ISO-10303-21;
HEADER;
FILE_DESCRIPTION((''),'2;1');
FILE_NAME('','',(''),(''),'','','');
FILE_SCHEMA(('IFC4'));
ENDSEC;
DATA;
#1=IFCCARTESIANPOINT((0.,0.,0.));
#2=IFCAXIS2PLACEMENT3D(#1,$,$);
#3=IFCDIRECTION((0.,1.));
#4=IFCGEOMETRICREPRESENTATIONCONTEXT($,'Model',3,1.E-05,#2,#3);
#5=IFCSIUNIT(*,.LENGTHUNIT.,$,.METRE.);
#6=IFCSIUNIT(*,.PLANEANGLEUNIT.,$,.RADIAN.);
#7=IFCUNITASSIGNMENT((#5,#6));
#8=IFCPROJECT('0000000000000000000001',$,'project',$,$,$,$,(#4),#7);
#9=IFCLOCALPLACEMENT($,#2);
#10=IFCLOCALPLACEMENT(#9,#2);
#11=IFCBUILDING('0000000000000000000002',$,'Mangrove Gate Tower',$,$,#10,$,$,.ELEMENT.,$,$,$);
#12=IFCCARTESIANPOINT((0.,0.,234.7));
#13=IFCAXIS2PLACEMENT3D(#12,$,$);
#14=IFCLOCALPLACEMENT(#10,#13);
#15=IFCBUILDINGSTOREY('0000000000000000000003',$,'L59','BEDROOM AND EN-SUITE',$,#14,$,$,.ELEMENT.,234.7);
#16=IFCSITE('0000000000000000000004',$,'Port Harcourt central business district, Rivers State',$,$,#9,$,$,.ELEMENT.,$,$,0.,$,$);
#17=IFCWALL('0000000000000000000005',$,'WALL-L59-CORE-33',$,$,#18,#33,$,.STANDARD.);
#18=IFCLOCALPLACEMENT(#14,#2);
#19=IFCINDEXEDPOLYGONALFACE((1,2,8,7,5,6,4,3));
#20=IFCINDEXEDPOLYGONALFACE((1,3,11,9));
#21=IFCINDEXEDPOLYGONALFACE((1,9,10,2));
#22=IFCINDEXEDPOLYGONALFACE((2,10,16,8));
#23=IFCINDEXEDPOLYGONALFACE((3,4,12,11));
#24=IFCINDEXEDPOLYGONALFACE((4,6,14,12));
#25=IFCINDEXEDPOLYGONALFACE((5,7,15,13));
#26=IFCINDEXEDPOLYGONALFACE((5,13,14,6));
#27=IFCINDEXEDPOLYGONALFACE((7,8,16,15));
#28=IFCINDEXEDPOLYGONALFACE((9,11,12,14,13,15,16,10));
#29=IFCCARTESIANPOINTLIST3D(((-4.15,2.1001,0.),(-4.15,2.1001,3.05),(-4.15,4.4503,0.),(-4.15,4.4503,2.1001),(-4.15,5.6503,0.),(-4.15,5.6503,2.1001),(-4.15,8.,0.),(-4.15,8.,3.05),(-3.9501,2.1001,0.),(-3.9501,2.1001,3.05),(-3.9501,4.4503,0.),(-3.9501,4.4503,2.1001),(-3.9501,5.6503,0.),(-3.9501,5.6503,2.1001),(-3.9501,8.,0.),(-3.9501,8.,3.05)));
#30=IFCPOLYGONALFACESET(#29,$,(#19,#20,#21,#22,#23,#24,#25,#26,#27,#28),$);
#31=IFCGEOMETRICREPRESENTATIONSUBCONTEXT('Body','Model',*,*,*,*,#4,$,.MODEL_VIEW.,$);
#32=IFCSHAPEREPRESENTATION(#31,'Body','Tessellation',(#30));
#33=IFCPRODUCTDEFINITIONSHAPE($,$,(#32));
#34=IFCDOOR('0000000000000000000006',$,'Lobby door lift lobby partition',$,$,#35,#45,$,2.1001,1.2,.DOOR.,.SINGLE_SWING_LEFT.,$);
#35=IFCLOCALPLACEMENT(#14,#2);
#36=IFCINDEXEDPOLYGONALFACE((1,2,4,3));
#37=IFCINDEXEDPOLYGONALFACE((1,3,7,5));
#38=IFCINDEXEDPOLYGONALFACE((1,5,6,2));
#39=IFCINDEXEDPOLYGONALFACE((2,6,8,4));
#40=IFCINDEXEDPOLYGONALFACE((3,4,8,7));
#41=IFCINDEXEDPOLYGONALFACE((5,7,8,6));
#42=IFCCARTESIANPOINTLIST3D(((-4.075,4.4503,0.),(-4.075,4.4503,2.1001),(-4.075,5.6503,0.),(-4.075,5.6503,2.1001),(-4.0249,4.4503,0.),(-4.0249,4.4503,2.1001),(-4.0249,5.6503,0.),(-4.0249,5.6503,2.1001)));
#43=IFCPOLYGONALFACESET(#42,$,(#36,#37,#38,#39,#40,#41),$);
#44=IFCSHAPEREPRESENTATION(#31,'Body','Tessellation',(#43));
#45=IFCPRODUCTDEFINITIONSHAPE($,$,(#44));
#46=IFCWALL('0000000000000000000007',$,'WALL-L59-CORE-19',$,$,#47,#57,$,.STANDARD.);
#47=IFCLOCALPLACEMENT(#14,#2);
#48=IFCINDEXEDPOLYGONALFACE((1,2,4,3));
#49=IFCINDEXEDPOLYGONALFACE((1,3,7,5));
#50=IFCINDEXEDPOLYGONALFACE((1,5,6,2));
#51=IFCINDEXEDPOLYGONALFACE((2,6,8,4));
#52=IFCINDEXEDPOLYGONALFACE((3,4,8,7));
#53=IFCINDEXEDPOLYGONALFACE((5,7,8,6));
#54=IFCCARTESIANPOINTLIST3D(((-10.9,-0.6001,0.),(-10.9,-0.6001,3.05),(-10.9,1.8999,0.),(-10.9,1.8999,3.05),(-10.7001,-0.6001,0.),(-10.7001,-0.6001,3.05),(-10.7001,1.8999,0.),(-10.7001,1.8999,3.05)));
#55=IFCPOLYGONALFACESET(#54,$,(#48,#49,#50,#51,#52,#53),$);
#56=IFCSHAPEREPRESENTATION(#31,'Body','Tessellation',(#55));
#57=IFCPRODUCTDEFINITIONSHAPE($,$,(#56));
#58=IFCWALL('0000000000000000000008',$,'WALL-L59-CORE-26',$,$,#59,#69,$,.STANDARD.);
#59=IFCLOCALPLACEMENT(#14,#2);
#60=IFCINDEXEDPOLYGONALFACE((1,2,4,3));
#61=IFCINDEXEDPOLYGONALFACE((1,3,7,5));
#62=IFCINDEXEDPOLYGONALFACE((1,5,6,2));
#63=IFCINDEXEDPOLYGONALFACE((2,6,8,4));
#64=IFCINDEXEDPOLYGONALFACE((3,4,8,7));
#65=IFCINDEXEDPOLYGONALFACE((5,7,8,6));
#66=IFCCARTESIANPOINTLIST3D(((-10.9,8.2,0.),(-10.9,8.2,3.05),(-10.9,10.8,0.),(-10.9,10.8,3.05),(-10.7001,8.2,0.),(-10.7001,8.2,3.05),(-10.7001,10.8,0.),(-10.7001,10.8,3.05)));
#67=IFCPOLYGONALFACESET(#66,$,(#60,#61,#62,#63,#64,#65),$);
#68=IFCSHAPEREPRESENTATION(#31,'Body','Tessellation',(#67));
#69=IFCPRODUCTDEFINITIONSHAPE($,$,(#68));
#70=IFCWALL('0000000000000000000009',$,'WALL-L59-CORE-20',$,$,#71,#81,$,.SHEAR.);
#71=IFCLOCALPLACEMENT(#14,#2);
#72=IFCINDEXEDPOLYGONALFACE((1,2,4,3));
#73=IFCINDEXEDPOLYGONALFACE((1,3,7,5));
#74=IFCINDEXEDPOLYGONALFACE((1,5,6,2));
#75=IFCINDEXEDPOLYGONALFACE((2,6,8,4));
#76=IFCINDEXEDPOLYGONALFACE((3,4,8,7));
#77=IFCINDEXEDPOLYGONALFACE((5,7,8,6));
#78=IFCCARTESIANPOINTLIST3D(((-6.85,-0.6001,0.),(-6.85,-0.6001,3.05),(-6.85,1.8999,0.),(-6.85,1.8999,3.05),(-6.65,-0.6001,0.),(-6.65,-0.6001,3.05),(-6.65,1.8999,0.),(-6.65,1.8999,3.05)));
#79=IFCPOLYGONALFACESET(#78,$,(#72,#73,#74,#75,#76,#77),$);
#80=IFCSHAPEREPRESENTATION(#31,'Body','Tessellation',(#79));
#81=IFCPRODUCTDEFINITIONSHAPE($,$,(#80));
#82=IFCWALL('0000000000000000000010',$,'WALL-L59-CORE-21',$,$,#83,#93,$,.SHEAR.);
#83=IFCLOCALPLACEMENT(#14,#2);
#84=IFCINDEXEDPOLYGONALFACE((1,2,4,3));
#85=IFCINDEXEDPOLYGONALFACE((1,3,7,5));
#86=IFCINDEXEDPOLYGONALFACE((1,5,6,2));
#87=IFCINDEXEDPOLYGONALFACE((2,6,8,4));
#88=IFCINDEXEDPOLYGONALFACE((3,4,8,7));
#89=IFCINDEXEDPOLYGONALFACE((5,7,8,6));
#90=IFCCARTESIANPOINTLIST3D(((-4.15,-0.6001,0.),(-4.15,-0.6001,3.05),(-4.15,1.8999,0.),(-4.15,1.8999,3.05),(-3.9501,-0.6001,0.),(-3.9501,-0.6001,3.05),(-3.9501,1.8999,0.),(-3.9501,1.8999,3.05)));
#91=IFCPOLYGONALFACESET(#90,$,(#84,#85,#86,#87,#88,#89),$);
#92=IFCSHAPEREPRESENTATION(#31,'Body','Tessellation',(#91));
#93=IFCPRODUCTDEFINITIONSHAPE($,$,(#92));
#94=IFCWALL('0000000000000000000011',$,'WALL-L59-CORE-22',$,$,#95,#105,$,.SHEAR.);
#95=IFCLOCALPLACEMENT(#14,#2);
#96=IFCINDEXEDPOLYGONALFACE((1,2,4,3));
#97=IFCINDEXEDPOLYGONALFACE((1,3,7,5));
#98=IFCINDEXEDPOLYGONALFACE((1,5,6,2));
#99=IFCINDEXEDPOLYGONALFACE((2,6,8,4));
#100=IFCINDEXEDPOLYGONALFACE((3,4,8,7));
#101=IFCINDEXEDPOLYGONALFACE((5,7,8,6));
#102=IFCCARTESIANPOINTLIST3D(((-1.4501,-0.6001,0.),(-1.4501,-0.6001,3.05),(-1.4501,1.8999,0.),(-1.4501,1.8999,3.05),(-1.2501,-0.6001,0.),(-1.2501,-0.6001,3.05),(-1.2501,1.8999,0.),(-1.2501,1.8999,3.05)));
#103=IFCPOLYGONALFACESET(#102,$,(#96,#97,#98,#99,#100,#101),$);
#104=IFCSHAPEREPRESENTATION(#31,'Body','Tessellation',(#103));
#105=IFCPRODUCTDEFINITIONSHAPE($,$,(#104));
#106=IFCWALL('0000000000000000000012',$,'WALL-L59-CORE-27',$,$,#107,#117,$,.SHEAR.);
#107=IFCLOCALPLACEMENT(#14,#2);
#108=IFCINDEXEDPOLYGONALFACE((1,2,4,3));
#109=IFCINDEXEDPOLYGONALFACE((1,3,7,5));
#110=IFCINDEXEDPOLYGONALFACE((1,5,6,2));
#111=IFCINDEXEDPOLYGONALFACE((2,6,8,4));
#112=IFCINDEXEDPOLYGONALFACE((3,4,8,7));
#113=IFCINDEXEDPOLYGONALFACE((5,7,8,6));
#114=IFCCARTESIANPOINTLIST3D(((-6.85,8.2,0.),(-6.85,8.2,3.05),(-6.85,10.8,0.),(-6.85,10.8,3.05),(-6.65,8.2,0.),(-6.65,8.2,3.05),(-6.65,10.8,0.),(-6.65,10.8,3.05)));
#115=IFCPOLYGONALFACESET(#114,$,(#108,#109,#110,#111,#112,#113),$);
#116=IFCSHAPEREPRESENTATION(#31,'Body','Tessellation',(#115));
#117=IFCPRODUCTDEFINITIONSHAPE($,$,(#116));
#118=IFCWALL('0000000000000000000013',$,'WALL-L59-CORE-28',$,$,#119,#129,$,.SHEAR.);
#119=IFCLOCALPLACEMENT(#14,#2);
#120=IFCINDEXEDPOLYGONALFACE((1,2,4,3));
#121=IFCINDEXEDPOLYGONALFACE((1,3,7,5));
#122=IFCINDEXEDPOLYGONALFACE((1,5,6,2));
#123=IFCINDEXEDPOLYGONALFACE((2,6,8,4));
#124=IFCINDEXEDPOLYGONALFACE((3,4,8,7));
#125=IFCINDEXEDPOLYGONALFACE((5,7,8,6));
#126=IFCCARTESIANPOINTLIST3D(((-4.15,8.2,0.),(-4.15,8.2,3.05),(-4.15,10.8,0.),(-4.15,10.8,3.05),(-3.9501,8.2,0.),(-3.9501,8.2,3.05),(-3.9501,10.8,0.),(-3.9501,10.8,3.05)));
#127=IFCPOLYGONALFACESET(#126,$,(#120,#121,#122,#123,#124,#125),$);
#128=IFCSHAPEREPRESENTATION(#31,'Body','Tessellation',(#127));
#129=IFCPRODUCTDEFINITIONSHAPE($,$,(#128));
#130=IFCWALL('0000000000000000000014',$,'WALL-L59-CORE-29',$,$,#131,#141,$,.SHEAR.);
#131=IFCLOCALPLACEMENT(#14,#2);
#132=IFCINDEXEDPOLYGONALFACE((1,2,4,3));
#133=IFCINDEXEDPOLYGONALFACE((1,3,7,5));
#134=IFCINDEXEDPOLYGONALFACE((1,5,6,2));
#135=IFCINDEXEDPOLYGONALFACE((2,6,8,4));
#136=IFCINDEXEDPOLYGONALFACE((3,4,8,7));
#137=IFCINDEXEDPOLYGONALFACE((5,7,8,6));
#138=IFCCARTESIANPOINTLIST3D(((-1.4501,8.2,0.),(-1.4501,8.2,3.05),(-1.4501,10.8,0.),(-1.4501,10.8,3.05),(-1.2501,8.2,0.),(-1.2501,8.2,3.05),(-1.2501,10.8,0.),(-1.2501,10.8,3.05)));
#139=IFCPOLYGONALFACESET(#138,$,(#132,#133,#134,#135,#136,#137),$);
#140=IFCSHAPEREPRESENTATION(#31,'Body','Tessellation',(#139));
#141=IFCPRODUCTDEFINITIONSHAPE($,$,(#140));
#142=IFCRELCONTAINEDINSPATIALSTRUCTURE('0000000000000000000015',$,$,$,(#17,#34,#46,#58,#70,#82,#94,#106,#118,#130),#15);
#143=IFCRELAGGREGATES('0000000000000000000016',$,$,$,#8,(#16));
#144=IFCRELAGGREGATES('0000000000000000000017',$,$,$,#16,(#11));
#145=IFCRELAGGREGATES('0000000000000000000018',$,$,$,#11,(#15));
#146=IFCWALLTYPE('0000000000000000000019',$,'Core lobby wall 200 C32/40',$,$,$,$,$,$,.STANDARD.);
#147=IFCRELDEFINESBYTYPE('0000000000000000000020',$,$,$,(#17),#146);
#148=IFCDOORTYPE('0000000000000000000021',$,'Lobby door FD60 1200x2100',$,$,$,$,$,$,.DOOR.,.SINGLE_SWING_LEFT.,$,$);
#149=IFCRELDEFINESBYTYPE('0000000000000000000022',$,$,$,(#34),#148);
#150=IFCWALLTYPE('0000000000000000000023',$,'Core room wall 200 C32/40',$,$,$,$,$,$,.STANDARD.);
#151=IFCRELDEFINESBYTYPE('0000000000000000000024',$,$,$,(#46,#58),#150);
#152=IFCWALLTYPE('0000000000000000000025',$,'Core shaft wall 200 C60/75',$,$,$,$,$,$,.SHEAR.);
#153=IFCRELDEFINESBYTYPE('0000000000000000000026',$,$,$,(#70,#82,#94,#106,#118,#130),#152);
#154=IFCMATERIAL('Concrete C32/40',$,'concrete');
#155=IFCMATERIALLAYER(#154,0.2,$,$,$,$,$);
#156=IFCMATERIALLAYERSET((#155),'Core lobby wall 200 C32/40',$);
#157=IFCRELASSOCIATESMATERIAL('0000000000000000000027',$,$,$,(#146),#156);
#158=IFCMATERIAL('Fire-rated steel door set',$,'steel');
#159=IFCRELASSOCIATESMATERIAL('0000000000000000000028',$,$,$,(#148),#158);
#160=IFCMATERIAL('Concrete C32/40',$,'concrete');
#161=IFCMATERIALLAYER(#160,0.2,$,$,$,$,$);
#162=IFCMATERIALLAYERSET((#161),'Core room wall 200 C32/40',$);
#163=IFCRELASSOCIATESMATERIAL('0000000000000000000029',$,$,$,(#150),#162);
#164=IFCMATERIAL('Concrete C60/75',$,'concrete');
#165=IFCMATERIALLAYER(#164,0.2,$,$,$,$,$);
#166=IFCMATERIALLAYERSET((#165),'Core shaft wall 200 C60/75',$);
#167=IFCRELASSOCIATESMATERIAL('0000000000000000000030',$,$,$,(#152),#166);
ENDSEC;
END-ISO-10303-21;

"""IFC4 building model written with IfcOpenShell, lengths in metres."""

from ifc_helpers import new_model, si_unit, direction, frame, frame_2d, origin, place, context, subcontext, project, spatial, rectangle, extrude, material, layer, layer_set, type_object, element, fill, save


model = new_model("IFC4")

# Units and contexts
model_context = context("Model", 3, precision=1e-05, world=origin(), true_north=direction((0.0, 1.0)))
body_context = subcontext(model_context, "Body", "Model", "MODEL_VIEW")
ifc_project = project(units=[si_unit("LENGTHUNIT", "METRE"), si_unit("PLANEANGLEUNIT", "RADIAN")], contexts=[model_context])

# Site, building, storey
site_placement = place(None, origin())
site = spatial("IfcSite", under=ifc_project, at=site_placement, Name="Port Harcourt central business district, Rivers State", CompositionType="ELEMENT", RefElevation=0.0)
building_placement = place(site_placement, origin())
building = spatial("IfcBuilding", under=site, at=building_placement, Name="Mangrove Gate Tower", CompositionType="ELEMENT")
storey_placement = place(building_placement, frame((0.0, 0.0, 234.7)))
storey = spatial("IfcBuildingStorey", under=building, at=storey_placement, Name="L59", Description="BEDROOM AND EN-SUITE", CompositionType="ELEMENT", Elevation=234.7)

# Wall, opening, door
ifc_material_1 = material(Name="Concrete C32/40", Category="concrete")
ifc_layer_1 = layer(ifc_material_1, 0.2)
ifc_layer_set_1 = layer_set([ifc_layer_1], Name="Core lobby wall 200 C32/40")
wall_type_1 = type_object("IfcWallType", Name="Core lobby wall 200 C32/40", PredefinedType="STANDARD", material=ifc_layer_set_1)
wall_1_placement = place(storey_placement, frame((-4.05, 2.1001, 0.0), z_axis=(0.0, 0.0, 1.0), x_axis=(0.0, 1.0, 0.0)))
wall_1 = element("IfcWall", 1, at=wall_1_placement, inside=storey, type_object=wall_type_1, Name="WALL-L59-CORE-33", PredefinedType="STANDARD", context=body_context, shape_type="SweptSolid", body=[
    extrude(rectangle(XDim=5.8999, YDim=0.2, at=frame_2d((2.95, 0.0))), origin(), (0.0, 0.0, 1.0), 3.05),
])
opening_placement = place(wall_1_placement, frame((2.3501, 0.0, 0.0)))
opening = element("IfcOpeningElement", 2, at=opening_placement, cuts=wall_1, PredefinedType="OPENING", context=body_context, shape_type="SweptSolid", body=[
    extrude(rectangle(XDim=1.2, YDim=2.1001, at=frame_2d((0.6001, 1.05))), frame((0.0, 0.1099, 0.0), z_axis=(0.0, -1.0, 0.0), x_axis=(1.0, 0.0, 0.0)), (0.0, 0.0, 1.0), 0.22),
])
ifc_material_2 = material(Name="Fire-rated steel door set", Category="steel")
door_type = type_object("IfcDoorType", Name="Lobby door FD60 1200x2100", OperationType="SINGLE_SWING_LEFT", PredefinedType="DOOR", material=ifc_material_2)
door_placement = place(opening_placement, origin())
door = element("IfcDoor", 3, at=door_placement, inside=storey, type_object=door_type, Name="Lobby door lift lobby partition", OperationType="SINGLE_SWING_LEFT", OverallHeight=2.1001, OverallWidth=1.2, PredefinedType="DOOR", context=body_context, shape_type="SweptSolid", body=[
    extrude(rectangle(XDim=1.2, YDim=2.1001, at=frame_2d((0.6001, 1.05))), frame((0.0, 0.0249, 0.0), z_axis=(0.0, -1.0, 0.0), x_axis=(1.0, 0.0, 0.0)), (0.0, 0.0, 1.0), 0.05),
])
fill(opening, door)

# Walls
ifc_material_3 = material(Name="Concrete C32/40", Category="concrete")
ifc_layer_2 = layer(ifc_material_3, 0.2)
ifc_layer_set_2 = layer_set([ifc_layer_2], Name="Core room wall 200 C32/40")
wall_type_2 = type_object("IfcWallType", Name="Core room wall 200 C32/40", PredefinedType="STANDARD", material=ifc_layer_set_2)
wall_2_placement = place(storey_placement, frame((-10.8, -0.6001, 0.0), z_axis=(0.0, 0.0, 1.0), x_axis=(0.0, 1.0, 0.0)))
element("IfcWall", 4, at=wall_2_placement, inside=storey, type_object=wall_type_2, Name="WALL-L59-CORE-19", PredefinedType="STANDARD", context=body_context, shape_type="SweptSolid", body=[
    extrude(rectangle(XDim=2.5, YDim=0.2, at=frame_2d((1.25, 0.0))), origin(), (0.0, 0.0, 1.0), 3.05),
])
wall_3_placement = place(storey_placement, frame((-10.8, 8.2, 0.0), z_axis=(0.0, 0.0, 1.0), x_axis=(0.0, 1.0, 0.0)))
element("IfcWall", 5, at=wall_3_placement, inside=storey, type_object=wall_type_2, Name="WALL-L59-CORE-26", PredefinedType="STANDARD", context=body_context, shape_type="SweptSolid", body=[
    extrude(rectangle(XDim=2.6001, YDim=0.2, at=frame_2d((1.3, 0.0))), origin(), (0.0, 0.0, 1.0), 3.05),
])
ifc_material_4 = material(Name="Concrete C60/75", Category="concrete")
ifc_layer_3 = layer(ifc_material_4, 0.2)
ifc_layer_set_3 = layer_set([ifc_layer_3], Name="Core shaft wall 200 C60/75")
wall_type_3 = type_object("IfcWallType", Name="Core shaft wall 200 C60/75", PredefinedType="SHEAR", material=ifc_layer_set_3)
for number, where, z_axis, x_axis, name in (
    (6, (-6.75, -0.6001, 0.0), (0.0, 0.0, 1.0), (0.0, 1.0, 0.0), "WALL-L59-CORE-20"),
    (7, (-4.05, -0.6001, 0.0), (0.0, 0.0, 1.0), (0.0, 1.0, 0.0), "WALL-L59-CORE-21"),
    (8, (-1.3501, -0.6001, 0.0), (0.0, 0.0, 1.0), (0.0, 1.0, 0.0), "WALL-L59-CORE-22"),
):
    element("IfcWall", number, at=place(storey_placement, frame(where, z_axis=z_axis, x_axis=x_axis)), inside=storey, type_object=wall_type_3, Name=name, PredefinedType="SHEAR", context=body_context, shape_type="SweptSolid", body=[
        extrude(rectangle(XDim=2.5, YDim=0.2, at=frame_2d((1.25, 0.0))), origin(), (0.0, 0.0, 1.0), 3.05),
    ])
for number, where, z_axis, x_axis, name in (
    (9, (-6.75, 8.2, 0.0), (0.0, 0.0, 1.0), (0.0, 1.0, 0.0), "WALL-L59-CORE-27"),
    (10, (-4.05, 8.2, 0.0), (0.0, 0.0, 1.0), (0.0, 1.0, 0.0), "WALL-L59-CORE-28"),
    (11, (-1.3501, 8.2, 0.0), (0.0, 0.0, 1.0), (0.0, 1.0, 0.0), "WALL-L59-CORE-29"),
):
    element("IfcWall", number, at=place(storey_placement, frame(where, z_axis=z_axis, x_axis=x_axis)), inside=storey, type_object=wall_type_3, Name=name, PredefinedType="SHEAR", context=body_context, shape_type="SweptSolid", body=[
        extrude(rectangle(XDim=2.6001, YDim=0.2, at=frame_2d((1.3, 0.0))), origin(), (0.0, 0.0, 1.0), 3.05),
    ])

save(model, "model.ifc")
